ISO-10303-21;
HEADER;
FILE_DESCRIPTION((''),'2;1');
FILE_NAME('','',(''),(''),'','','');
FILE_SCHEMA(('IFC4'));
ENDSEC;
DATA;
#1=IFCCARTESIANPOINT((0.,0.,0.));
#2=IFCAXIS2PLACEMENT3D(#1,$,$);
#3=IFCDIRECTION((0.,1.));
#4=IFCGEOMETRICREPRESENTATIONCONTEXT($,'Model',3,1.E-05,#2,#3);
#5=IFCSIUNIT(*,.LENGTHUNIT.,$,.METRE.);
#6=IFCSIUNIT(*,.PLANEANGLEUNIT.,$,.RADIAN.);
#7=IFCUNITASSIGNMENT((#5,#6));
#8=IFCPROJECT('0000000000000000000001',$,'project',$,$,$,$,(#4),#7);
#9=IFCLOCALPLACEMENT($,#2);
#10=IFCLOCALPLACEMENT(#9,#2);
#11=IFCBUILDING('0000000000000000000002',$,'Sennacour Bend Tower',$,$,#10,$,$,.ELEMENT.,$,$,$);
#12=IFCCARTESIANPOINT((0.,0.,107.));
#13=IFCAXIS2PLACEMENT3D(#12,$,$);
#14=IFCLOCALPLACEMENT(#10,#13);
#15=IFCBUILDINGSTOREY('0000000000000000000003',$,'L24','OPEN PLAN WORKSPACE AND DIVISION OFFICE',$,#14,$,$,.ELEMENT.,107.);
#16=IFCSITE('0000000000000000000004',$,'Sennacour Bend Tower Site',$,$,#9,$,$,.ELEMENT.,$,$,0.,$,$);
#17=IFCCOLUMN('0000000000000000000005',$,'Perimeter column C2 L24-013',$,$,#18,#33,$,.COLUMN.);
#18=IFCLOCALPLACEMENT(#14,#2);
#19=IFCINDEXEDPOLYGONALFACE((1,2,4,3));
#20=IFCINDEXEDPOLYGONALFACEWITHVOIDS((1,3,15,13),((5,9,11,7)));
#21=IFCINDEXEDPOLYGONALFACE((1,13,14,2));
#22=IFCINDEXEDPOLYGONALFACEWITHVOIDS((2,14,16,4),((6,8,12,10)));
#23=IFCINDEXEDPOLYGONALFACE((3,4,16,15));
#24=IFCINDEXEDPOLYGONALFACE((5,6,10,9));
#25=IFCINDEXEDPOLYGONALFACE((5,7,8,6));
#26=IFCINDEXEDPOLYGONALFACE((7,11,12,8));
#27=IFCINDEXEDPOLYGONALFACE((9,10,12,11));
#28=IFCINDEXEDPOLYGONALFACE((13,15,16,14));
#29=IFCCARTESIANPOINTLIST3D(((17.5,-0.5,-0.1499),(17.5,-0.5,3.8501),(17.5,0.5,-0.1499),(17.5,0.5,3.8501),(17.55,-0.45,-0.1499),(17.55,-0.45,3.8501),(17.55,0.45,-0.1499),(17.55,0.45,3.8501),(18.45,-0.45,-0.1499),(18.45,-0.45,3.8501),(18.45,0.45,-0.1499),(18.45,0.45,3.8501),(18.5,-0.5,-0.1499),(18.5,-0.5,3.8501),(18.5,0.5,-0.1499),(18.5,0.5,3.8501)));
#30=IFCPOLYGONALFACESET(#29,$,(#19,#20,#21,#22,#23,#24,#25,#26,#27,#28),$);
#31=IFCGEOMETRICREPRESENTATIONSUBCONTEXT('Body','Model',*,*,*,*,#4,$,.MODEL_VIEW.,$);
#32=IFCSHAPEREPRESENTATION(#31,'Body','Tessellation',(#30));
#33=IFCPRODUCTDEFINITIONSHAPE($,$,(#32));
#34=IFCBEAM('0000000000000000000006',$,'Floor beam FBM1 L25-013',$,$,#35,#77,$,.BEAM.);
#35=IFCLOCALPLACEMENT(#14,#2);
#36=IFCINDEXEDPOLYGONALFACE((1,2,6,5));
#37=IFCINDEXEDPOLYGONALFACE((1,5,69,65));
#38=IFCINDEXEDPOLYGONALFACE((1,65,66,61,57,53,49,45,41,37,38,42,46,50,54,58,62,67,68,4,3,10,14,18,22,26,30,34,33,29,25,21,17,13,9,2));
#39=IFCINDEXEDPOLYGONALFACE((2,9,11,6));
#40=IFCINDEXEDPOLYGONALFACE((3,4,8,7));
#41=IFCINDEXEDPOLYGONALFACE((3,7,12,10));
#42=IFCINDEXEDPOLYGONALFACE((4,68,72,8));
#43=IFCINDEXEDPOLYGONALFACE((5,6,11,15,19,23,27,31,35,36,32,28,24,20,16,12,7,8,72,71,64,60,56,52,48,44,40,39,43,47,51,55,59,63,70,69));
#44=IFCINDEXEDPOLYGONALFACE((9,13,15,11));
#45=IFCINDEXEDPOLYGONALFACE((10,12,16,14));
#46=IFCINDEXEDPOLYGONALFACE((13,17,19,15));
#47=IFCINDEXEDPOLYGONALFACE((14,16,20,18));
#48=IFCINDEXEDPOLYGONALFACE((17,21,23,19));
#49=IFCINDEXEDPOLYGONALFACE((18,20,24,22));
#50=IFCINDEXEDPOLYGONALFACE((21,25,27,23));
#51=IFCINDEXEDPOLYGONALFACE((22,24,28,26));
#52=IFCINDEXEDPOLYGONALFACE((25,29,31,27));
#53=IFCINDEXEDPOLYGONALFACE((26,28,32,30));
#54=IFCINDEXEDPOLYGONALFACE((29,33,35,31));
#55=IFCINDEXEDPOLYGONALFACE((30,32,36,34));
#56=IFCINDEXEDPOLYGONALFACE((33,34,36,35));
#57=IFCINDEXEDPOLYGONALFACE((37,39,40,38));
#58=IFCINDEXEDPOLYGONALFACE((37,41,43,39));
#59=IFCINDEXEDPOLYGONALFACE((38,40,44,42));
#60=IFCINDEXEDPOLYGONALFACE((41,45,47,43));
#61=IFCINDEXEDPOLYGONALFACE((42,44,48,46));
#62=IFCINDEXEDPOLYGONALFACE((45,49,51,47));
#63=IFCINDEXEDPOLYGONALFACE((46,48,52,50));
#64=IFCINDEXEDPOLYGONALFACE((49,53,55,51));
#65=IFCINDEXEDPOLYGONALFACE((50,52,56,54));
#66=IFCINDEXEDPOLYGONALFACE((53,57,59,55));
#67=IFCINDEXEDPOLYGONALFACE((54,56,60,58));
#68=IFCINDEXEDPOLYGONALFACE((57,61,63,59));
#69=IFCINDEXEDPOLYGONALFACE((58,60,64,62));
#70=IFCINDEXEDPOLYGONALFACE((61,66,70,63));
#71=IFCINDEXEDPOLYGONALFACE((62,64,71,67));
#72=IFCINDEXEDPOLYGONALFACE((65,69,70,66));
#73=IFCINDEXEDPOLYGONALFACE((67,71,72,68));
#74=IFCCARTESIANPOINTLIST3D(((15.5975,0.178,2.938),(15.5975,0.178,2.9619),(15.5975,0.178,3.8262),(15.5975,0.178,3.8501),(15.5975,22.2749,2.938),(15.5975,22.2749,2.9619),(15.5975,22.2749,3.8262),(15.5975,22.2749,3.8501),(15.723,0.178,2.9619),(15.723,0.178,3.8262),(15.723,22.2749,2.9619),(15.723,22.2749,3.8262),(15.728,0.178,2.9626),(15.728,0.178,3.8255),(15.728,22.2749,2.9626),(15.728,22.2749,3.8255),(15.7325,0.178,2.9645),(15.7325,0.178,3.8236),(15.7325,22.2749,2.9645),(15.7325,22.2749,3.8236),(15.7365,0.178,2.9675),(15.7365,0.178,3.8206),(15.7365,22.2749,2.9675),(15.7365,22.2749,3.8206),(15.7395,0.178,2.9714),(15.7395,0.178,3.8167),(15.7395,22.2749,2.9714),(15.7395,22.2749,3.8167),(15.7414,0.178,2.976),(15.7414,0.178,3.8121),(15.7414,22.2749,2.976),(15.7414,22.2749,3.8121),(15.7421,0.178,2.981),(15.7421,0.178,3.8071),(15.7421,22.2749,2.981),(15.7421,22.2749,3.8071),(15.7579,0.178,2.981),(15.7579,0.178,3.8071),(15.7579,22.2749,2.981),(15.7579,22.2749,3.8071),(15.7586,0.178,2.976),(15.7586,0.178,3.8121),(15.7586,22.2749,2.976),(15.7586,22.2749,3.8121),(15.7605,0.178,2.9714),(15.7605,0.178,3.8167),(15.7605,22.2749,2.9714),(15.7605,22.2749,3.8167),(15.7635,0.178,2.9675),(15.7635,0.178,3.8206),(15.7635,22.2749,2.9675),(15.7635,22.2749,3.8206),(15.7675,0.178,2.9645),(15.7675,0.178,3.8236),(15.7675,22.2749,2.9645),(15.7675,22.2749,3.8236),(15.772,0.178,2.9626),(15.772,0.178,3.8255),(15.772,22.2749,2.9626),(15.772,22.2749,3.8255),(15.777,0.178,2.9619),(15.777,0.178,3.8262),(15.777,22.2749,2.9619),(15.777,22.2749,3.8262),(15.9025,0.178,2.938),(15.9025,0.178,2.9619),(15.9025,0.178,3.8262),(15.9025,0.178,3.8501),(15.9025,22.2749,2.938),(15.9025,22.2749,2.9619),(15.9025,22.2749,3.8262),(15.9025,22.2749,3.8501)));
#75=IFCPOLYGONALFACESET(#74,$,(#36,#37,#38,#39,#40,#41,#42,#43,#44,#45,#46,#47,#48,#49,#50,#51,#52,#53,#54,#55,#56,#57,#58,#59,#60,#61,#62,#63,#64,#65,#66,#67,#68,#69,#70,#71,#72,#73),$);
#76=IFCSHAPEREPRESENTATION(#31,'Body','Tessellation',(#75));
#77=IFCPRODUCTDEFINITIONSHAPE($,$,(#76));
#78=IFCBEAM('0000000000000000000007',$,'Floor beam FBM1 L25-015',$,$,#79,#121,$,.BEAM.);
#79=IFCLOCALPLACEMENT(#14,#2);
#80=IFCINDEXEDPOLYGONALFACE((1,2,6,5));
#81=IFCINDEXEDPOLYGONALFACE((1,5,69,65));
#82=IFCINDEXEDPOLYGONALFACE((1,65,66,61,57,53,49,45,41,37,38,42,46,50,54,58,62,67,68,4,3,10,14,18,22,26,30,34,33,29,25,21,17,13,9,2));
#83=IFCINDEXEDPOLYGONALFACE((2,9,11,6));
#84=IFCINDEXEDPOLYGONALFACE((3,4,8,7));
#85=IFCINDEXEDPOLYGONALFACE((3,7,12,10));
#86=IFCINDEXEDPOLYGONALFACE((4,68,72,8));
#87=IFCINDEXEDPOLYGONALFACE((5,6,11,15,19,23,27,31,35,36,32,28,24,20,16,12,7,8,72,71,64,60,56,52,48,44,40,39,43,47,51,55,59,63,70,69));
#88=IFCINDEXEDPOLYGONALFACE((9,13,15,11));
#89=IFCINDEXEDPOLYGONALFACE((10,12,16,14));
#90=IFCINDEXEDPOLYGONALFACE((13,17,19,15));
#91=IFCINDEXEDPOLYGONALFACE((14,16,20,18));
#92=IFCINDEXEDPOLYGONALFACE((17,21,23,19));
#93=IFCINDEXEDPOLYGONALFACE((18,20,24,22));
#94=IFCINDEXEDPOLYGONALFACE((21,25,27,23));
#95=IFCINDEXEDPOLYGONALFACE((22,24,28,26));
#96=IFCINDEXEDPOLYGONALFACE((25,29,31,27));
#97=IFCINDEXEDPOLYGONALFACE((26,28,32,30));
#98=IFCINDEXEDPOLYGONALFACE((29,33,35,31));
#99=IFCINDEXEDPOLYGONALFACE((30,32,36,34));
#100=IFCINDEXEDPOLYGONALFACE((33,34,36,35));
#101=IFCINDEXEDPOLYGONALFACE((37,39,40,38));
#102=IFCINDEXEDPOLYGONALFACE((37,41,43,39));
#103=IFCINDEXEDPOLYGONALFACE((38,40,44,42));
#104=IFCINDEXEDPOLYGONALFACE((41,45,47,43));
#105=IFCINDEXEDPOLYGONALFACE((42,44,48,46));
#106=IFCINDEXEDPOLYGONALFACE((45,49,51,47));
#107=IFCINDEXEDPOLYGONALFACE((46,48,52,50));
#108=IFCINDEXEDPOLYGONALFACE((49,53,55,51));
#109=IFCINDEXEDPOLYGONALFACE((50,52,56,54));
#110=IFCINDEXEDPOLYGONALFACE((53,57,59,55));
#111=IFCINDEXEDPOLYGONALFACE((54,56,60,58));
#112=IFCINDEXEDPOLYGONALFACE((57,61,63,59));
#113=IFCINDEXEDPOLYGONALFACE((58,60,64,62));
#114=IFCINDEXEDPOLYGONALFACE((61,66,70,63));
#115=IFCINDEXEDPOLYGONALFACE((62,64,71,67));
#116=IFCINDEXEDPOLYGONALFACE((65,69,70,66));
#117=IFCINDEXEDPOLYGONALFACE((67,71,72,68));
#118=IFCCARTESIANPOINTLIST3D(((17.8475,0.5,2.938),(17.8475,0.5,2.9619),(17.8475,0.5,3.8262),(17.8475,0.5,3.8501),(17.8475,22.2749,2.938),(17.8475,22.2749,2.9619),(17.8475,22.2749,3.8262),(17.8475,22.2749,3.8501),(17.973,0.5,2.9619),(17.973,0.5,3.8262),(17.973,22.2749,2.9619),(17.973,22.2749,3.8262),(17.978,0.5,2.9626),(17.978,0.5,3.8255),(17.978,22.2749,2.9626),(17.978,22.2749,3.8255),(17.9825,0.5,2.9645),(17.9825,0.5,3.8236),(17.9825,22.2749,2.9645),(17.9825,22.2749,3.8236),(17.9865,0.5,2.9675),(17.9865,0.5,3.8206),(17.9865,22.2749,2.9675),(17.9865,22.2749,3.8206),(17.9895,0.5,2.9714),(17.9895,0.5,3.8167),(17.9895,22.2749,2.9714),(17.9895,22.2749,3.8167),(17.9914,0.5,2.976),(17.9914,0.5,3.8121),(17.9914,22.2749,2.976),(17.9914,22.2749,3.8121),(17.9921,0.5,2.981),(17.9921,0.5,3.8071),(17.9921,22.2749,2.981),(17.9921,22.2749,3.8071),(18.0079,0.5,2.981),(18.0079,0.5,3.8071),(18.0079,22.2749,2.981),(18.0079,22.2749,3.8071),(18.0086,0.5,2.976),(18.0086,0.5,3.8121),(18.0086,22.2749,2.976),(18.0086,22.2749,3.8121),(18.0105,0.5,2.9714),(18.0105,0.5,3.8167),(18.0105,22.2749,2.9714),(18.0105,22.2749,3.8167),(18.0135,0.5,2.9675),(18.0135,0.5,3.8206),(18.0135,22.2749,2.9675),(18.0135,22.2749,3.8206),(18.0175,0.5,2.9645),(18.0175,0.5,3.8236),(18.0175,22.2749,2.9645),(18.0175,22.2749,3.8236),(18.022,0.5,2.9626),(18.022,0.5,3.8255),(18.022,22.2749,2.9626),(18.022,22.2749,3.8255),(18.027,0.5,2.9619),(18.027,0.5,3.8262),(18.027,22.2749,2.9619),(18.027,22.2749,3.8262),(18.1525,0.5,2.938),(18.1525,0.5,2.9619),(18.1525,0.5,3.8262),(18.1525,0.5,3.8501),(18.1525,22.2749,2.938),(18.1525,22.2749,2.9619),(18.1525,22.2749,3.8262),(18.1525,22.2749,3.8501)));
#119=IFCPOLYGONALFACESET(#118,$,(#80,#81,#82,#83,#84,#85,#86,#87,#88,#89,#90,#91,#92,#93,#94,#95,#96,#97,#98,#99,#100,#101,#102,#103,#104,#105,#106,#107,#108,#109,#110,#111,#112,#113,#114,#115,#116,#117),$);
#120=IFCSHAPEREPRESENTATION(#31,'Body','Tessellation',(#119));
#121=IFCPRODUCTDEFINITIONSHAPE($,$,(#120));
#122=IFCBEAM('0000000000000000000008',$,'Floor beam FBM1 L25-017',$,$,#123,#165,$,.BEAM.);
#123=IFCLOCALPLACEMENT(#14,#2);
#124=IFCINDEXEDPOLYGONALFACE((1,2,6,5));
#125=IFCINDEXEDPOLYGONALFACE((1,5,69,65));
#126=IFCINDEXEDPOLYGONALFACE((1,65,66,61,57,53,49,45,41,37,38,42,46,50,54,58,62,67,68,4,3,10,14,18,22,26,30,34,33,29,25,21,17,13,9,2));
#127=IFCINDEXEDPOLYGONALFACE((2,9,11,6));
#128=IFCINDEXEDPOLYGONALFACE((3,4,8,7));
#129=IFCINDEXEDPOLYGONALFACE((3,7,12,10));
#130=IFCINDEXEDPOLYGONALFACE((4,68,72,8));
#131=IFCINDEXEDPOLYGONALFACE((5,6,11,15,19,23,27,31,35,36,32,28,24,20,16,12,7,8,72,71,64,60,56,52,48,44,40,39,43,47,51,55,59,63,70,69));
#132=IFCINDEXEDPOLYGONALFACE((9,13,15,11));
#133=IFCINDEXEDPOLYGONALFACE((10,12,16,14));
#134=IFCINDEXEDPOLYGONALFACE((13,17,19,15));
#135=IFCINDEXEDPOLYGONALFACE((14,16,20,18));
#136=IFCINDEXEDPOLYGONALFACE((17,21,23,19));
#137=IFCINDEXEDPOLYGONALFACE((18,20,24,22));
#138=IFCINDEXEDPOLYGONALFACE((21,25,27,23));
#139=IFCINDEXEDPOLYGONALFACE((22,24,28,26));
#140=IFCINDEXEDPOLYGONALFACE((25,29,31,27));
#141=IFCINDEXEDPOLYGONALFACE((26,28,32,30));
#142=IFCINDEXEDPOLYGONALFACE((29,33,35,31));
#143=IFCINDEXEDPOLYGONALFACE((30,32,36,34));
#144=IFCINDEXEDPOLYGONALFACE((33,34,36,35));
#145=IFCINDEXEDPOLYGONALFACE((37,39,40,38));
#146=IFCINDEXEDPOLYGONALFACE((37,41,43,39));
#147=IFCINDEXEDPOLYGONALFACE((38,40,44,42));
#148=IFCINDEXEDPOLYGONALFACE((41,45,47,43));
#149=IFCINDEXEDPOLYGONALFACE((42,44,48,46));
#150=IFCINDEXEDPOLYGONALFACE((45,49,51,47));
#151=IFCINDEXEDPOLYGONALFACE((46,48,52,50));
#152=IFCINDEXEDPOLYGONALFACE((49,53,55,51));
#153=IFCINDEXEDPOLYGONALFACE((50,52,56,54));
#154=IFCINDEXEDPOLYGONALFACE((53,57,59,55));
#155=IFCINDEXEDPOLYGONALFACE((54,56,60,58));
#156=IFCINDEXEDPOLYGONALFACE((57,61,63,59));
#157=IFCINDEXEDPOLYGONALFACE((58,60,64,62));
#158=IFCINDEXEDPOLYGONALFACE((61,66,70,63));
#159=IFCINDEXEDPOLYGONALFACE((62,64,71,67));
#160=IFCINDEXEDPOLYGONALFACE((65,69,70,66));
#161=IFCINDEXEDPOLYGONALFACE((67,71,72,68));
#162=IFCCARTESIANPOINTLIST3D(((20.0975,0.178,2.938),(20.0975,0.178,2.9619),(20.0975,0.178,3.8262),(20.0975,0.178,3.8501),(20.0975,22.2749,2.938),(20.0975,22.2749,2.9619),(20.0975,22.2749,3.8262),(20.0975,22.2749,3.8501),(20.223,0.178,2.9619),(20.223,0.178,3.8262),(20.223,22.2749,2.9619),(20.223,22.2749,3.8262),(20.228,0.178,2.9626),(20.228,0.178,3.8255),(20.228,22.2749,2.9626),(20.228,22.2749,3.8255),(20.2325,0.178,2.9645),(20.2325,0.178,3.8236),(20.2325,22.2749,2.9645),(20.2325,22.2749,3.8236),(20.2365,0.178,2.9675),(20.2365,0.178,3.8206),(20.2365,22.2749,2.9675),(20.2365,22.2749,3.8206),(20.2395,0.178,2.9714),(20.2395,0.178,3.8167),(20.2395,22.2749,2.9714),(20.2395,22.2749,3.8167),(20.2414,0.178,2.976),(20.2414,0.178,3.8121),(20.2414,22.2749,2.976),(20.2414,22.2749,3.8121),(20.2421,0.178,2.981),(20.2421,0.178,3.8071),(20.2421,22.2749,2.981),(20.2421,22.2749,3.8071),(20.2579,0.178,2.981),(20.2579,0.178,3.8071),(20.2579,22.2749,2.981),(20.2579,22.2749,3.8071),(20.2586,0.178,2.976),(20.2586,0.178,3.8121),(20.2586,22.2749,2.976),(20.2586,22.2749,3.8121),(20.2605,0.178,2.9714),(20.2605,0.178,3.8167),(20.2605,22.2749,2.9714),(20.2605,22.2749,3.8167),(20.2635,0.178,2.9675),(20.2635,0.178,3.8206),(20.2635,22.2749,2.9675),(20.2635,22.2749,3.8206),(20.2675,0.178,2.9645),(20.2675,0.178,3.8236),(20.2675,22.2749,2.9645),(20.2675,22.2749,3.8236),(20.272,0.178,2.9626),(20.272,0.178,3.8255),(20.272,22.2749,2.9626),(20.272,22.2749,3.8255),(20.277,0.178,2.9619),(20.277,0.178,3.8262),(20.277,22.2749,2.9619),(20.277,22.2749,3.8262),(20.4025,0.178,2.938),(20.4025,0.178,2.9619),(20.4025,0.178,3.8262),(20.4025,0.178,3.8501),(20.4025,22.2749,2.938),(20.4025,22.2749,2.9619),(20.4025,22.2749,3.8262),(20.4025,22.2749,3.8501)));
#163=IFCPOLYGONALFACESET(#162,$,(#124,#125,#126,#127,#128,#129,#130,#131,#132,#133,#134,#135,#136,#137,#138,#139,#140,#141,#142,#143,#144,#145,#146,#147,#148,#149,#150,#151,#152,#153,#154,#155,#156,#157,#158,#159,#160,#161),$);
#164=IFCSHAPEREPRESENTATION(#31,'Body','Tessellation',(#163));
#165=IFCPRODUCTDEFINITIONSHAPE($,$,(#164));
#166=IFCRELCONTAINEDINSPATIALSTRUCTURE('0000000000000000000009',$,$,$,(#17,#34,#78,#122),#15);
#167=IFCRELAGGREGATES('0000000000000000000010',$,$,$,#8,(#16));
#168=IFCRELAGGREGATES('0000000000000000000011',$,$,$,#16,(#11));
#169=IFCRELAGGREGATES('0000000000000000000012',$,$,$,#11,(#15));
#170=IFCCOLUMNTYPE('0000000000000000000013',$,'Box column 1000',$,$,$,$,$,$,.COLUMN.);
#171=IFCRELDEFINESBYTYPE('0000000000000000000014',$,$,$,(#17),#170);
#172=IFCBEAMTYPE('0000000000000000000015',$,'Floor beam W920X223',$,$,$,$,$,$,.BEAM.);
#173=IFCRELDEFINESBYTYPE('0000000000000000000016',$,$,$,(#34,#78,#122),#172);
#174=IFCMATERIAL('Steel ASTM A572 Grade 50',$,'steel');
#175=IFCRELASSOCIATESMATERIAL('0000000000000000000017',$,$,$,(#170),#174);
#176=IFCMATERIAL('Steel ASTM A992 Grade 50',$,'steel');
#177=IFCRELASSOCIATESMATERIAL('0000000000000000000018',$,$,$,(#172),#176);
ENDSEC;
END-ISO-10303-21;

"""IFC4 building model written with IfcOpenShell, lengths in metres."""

from ifc_helpers import new_model, si_unit, direction, frame, origin, origin_2d, place, context, subcontext, project, spatial, hollow_rectangle, i_section, extrude, material, material_profile, profile_set, type_object, element, save


model = new_model("IFC4")

# Units and contexts
model_context = context("Model", 3, precision=1e-05, world=origin(), true_north=direction((0.0, 1.0)))
body_context = subcontext(model_context, "Body", "Model", "MODEL_VIEW")
ifc_project = project(units=[si_unit("LENGTHUNIT", "METRE"), si_unit("PLANEANGLEUNIT", "RADIAN")], contexts=[model_context])

# Site, building, storey
site_placement = place(None, origin())
site = spatial("IfcSite", under=ifc_project, at=site_placement, Name="Sennacour Bend Tower Site", CompositionType="ELEMENT", RefElevation=0.0)
building_placement = place(site_placement, origin())
building = spatial("IfcBuilding", under=site, at=building_placement, Name="Sennacour Bend Tower", CompositionType="ELEMENT")
storey_placement = place(building_placement, frame((0.0, 0.0, 107.0)))
storey = spatial("IfcBuildingStorey", under=building, at=storey_placement, Name="L24", Description="OPEN PLAN WORKSPACE AND DIVISION OFFICE", CompositionType="ELEMENT", Elevation=107.0)

# Column
ifc_material_1 = material(Name="Steel ASTM A572 Grade 50", Category="steel")
ifc_material_profile_1 = material_profile(ifc_material_1, hollow_rectangle(XDim=1.0, YDim=1.0, WallThickness=0.05, at=origin_2d()), Name="Steel ASTM A572 Grade 50", Category="steel")
ifc_profile_set_1 = profile_set([ifc_material_profile_1], Name="Steel ASTM A572 Grade 50")
column_type = type_object("IfcColumnType", Name="Box column 1000", PredefinedType="COLUMN", material=ifc_profile_set_1)
column_placement = place(storey_placement, frame((18.0, 0.0, -0.1499), z_axis=(0.0, 0.0, 1.0), x_axis=(1.0, 0.0, 0.0)))
element("IfcColumn", 1, at=column_placement, inside=storey, type_object=column_type, Name="Perimeter column C2 L24-013", PredefinedType="COLUMN", context=body_context, shape_type="SweptSolid", body=[
    extrude(hollow_rectangle(XDim=1.0, YDim=1.0, WallThickness=0.05, at=origin_2d()), origin(), (0.0, 0.0, 1.0), 4.0),
])

# Beams
ifc_material_2 = material(Name="Steel ASTM A992 Grade 50", Category="steel")
ifc_material_profile_2 = material_profile(ifc_material_2, i_section(OverallWidth=0.3049, OverallDepth=0.9121, WebThickness=0.0159, FlangeThickness=0.0239, FilletRadius=0.019, at=origin_2d()), Name="Steel ASTM A992 Grade 50", Category="steel")
ifc_profile_set_2 = profile_set([ifc_material_profile_2], Name="Steel ASTM A992 Grade 50")
beam_type_1 = type_object("IfcBeamType", Name="Floor beam W920X223", PredefinedType="BEAM", material=ifc_profile_set_2)
beam_1_placement = place(storey_placement, frame((15.75, 0.178, 3.394), z_axis=(0.0, 1.0, 0.0), x_axis=(-1.0, 0.0, 0.0)))
element("IfcBeam", 2, at=beam_1_placement, inside=storey, type_object=beam_type_1, Name="Floor beam FBM1 L25-013", PredefinedType="BEAM", context=body_context, shape_type="SweptSolid", body=[
    extrude(i_section(OverallWidth=0.3049, OverallDepth=0.9121, WebThickness=0.0159, FlangeThickness=0.0239, FilletRadius=0.019, at=origin_2d()), origin(), (0.0, 0.0, 1.0), 22.0969),
])
beam_2_placement = place(storey_placement, frame((18.0, 0.5, 3.394), z_axis=(0.0, 1.0, 0.0), x_axis=(-1.0, 0.0, 0.0)))
element("IfcBeam", 3, at=beam_2_placement, inside=storey, type_object=beam_type_1, Name="Floor beam FBM1 L25-015", PredefinedType="BEAM", context=body_context, shape_type="SweptSolid", body=[
    extrude(i_section(OverallWidth=0.3049, OverallDepth=0.9121, WebThickness=0.0159, FlangeThickness=0.0239, FilletRadius=0.019, at=origin_2d()), origin(), (0.0, 0.0, 1.0), 21.7749),
])
beam_3_placement = place(storey_placement, frame((20.25, 0.178, 3.394), z_axis=(0.0, 1.0, 0.0), x_axis=(-1.0, 0.0, 0.0)))
element("IfcBeam", 4, at=beam_3_placement, inside=storey, type_object=beam_type_1, Name="Floor beam FBM1 L25-017", PredefinedType="BEAM", context=body_context, shape_type="SweptSolid", body=[
    extrude(i_section(OverallWidth=0.3049, OverallDepth=0.9121, WebThickness=0.0159, FlangeThickness=0.0239, FilletRadius=0.019, at=origin_2d()), origin(), (0.0, 0.0, 1.0), 22.0969),
])

save(model, "model.ifc")
